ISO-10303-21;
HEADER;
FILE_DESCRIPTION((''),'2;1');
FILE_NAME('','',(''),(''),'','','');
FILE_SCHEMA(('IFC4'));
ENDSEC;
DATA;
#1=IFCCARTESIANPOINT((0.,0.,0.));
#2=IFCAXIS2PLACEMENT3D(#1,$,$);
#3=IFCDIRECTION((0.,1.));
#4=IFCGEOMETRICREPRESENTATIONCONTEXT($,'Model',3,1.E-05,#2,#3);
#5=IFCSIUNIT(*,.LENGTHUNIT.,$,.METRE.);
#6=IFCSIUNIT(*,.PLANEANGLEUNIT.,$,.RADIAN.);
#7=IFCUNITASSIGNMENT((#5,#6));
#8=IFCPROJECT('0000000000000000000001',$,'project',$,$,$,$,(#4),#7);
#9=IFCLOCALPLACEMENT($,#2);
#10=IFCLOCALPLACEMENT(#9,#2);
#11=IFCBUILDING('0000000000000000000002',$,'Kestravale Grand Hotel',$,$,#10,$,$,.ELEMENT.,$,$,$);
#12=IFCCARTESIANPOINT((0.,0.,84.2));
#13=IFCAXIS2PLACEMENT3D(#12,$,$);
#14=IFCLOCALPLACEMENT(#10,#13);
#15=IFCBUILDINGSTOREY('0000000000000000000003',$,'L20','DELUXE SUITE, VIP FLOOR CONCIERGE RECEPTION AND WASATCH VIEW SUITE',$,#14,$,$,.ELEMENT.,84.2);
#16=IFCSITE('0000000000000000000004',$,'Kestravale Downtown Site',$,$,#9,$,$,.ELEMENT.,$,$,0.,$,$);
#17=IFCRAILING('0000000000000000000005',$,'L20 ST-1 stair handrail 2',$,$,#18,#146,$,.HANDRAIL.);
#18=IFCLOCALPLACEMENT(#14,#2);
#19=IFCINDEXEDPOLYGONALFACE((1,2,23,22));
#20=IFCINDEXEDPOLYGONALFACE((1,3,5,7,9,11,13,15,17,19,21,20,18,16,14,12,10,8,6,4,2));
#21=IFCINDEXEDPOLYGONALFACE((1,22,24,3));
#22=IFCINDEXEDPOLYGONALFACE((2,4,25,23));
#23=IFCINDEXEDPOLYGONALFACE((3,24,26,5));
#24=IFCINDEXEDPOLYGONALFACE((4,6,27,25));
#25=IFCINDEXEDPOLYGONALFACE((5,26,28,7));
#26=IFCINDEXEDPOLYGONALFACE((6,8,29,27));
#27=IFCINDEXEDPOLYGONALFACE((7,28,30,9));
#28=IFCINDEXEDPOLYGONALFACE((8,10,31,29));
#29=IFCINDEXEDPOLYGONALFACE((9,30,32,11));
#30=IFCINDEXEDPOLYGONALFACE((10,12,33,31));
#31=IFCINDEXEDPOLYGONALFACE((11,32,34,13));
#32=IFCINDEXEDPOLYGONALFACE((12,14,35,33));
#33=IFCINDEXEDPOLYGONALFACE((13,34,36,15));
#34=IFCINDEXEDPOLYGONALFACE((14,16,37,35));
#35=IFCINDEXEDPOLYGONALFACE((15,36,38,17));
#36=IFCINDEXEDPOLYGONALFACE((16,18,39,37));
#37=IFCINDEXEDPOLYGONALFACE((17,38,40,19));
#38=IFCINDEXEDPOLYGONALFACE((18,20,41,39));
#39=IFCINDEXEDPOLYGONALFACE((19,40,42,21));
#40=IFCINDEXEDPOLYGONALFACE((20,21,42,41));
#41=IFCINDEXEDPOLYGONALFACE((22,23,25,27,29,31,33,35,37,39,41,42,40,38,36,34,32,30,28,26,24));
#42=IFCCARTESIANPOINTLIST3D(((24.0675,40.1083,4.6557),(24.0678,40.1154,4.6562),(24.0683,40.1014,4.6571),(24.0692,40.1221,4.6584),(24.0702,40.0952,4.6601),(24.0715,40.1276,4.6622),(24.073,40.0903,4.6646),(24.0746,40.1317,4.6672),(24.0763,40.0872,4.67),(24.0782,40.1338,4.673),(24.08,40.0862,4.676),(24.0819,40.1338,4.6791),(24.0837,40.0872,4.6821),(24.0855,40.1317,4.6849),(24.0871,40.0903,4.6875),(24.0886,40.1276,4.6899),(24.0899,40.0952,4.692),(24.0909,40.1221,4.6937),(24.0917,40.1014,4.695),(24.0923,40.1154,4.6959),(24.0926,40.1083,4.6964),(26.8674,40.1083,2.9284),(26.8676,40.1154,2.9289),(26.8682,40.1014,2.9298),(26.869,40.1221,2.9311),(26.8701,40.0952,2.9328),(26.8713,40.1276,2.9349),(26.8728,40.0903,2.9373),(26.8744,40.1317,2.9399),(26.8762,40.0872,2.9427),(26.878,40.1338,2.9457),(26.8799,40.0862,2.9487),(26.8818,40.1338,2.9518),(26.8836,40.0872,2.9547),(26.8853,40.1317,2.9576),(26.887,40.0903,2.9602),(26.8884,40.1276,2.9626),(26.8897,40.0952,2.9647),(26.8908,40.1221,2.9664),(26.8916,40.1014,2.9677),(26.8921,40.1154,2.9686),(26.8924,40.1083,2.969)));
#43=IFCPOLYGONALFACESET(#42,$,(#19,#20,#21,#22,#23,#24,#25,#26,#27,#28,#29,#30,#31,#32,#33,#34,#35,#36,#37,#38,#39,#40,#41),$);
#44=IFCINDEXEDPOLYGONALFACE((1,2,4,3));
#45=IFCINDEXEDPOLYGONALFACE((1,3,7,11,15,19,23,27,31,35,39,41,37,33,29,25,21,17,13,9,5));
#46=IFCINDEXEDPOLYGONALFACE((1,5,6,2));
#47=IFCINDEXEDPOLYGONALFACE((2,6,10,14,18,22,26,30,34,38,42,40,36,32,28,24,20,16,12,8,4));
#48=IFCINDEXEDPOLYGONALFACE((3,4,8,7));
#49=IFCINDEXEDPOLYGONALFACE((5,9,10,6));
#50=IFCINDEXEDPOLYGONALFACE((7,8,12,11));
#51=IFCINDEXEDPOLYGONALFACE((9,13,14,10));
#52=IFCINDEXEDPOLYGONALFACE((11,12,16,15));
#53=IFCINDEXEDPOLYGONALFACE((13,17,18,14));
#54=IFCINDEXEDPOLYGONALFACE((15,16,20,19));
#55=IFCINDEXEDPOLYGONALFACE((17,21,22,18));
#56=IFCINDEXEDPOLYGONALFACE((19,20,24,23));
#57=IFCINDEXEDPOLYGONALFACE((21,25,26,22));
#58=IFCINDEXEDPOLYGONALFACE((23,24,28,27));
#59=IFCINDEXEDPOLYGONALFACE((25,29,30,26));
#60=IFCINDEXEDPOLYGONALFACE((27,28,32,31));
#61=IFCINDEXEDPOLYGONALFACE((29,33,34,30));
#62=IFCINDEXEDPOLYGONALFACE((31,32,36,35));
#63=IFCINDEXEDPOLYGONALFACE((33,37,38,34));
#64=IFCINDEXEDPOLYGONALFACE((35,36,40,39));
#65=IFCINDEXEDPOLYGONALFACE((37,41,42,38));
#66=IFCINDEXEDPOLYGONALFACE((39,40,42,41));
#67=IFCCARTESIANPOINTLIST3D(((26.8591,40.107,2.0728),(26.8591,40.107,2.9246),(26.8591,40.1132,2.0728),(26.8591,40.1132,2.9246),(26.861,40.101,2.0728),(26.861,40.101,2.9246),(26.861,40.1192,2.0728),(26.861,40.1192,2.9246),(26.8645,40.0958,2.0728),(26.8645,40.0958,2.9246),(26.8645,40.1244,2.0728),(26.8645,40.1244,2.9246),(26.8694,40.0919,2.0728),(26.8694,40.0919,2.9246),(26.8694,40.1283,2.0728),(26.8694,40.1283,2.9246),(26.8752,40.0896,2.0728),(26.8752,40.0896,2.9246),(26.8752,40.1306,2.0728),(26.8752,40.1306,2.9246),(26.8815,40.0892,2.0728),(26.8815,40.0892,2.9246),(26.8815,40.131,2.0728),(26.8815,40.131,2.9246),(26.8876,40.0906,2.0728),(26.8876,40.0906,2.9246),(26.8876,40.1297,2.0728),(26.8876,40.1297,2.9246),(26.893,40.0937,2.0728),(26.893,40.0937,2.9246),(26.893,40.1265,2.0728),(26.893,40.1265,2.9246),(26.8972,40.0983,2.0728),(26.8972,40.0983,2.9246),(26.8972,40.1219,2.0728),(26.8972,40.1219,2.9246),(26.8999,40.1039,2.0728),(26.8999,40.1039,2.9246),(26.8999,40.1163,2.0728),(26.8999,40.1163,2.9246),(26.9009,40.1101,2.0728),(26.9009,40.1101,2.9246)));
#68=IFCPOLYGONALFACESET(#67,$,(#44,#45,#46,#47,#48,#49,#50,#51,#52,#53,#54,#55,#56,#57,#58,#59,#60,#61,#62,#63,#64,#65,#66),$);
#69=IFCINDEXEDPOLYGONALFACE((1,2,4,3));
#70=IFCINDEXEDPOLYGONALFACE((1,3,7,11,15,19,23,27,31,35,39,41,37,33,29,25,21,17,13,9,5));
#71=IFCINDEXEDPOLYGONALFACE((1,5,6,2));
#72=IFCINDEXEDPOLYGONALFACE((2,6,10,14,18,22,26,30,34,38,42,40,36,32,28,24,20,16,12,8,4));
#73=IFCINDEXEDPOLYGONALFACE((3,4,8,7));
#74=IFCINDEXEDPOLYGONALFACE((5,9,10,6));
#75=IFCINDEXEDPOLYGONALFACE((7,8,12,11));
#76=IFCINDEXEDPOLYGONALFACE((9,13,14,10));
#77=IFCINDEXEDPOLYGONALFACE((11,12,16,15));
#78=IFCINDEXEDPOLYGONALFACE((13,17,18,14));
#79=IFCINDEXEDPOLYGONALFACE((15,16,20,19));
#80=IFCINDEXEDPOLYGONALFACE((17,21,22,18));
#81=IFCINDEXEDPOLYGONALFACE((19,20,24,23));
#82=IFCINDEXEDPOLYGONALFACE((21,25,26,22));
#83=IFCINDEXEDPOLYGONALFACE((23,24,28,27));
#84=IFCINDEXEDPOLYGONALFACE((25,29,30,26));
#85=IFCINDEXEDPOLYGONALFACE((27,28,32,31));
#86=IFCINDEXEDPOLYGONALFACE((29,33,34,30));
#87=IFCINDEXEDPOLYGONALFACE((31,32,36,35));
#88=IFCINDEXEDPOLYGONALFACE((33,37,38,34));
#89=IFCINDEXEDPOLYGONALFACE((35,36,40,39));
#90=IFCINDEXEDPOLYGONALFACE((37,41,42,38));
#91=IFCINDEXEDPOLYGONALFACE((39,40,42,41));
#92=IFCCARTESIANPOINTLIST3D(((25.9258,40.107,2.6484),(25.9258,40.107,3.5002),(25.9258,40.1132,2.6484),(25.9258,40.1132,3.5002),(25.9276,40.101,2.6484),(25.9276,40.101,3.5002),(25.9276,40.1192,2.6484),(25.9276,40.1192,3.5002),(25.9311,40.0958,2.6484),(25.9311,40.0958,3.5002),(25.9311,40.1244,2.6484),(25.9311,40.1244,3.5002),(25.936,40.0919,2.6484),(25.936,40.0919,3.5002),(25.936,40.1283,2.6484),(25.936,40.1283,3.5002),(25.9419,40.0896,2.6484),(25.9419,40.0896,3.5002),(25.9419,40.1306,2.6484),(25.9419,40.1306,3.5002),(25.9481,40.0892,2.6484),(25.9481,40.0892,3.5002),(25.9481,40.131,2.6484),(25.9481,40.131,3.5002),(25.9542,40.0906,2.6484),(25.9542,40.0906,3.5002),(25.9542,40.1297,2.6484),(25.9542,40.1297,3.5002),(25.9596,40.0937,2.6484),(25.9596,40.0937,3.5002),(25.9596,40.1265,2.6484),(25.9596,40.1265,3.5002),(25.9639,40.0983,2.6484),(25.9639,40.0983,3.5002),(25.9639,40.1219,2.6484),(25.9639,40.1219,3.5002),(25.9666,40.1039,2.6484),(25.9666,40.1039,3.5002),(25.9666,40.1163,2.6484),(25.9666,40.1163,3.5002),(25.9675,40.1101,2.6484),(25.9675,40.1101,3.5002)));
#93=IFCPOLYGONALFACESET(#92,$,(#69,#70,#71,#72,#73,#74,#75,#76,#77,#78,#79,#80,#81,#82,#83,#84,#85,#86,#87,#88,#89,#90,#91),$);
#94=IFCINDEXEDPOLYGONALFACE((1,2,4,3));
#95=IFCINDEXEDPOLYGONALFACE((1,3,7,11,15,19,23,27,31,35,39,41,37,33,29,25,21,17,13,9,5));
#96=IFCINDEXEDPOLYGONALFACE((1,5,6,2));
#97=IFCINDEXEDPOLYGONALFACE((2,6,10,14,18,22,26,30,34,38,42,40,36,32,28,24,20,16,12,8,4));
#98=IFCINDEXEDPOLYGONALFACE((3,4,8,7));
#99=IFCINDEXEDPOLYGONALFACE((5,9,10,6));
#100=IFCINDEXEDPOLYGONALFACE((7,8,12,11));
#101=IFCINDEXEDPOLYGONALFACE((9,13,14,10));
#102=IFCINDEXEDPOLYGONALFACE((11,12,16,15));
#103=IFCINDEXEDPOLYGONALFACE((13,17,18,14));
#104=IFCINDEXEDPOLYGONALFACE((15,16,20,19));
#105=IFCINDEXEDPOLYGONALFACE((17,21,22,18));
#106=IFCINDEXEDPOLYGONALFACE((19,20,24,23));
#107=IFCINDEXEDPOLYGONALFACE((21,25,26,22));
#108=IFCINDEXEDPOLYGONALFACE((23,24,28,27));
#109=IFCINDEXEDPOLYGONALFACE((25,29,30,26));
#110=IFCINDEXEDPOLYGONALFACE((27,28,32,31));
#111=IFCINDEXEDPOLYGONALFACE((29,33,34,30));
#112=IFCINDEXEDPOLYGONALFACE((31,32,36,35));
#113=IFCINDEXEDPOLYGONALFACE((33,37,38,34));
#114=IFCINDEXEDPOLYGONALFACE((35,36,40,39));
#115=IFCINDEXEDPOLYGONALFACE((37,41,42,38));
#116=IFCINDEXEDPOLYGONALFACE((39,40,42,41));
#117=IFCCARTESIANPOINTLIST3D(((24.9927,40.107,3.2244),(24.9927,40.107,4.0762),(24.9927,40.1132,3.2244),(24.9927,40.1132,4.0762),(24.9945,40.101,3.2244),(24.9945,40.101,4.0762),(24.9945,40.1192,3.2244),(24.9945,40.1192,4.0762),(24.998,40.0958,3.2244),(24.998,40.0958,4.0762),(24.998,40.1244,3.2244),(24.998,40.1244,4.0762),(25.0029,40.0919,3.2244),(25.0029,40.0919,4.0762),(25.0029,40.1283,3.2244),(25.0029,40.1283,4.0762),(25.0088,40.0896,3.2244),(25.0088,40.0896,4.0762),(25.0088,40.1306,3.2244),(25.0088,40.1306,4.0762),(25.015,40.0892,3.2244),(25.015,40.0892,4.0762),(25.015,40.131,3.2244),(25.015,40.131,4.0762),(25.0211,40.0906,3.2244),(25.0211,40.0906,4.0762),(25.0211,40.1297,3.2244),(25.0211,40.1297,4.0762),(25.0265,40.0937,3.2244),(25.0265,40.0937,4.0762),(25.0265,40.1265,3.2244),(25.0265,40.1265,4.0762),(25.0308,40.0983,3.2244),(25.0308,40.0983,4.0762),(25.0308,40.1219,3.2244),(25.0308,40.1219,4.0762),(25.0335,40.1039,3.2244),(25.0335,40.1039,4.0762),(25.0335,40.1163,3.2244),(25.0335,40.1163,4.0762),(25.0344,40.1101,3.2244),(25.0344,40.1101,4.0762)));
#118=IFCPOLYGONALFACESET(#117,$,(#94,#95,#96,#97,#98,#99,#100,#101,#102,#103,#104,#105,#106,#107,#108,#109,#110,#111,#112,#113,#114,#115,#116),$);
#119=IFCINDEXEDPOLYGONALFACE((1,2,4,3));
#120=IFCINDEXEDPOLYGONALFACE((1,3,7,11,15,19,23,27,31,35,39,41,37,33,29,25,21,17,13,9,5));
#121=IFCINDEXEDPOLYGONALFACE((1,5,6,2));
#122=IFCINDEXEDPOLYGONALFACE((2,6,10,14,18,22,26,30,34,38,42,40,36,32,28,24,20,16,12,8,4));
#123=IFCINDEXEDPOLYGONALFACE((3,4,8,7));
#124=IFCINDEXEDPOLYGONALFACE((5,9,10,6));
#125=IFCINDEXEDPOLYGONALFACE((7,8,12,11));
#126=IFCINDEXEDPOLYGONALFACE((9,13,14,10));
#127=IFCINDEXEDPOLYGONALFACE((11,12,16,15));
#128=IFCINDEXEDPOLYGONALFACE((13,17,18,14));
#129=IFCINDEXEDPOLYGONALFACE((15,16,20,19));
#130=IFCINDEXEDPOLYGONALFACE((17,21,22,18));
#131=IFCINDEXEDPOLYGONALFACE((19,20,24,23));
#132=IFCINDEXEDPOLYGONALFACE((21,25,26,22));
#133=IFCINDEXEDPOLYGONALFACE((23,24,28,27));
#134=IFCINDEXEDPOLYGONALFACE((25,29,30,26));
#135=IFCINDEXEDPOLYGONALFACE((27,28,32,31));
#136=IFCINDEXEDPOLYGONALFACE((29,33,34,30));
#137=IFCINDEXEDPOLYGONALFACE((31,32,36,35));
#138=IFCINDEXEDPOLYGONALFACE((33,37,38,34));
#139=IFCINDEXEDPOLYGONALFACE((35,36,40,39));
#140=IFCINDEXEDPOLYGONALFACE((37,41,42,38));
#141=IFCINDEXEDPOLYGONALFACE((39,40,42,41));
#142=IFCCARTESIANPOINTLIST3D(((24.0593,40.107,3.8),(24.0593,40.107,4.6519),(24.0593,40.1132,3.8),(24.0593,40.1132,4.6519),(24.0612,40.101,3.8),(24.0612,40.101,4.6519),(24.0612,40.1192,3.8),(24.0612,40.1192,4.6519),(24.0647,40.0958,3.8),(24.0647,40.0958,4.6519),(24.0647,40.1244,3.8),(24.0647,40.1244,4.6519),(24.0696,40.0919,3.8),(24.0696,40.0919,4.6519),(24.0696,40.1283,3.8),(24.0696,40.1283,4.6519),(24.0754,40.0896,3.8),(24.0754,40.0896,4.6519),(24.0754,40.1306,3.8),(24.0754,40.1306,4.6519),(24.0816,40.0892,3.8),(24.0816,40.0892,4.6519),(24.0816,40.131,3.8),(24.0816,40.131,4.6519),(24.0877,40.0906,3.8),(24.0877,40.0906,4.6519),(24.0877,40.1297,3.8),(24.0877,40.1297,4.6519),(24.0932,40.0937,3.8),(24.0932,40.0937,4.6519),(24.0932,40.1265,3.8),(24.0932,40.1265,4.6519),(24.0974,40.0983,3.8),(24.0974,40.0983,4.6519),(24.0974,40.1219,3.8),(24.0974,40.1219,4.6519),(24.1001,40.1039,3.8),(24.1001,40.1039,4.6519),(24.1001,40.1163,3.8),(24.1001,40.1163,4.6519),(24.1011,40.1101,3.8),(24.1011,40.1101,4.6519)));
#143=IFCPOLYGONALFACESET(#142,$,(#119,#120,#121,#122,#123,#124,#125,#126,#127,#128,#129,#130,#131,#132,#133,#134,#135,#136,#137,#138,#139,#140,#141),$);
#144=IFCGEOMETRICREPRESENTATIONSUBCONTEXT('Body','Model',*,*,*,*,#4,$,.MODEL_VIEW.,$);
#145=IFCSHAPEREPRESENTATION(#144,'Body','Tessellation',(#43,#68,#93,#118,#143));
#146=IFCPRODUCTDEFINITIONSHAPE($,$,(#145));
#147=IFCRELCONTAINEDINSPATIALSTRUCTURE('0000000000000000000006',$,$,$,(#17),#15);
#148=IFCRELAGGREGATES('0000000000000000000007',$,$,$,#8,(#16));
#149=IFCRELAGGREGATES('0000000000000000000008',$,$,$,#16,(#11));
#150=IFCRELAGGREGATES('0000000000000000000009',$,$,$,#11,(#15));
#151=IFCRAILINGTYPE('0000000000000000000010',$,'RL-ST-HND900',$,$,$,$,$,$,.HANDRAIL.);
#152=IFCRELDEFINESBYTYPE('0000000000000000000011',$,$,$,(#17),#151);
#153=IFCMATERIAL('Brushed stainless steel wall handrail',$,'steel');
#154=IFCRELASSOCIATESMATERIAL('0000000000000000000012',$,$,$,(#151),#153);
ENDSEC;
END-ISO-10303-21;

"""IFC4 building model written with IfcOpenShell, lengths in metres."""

from ifc_helpers import new_model, si_unit, direction, frame, origin, origin_2d, place, context, subcontext, project, spatial, circle, extrude, material, type_object, element, save


model = new_model("IFC4")

# Units and contexts
model_context = context("Model", 3, precision=1e-05, world=origin(), true_north=direction((0.0, 1.0)))
body_context = subcontext(model_context, "Body", "Model", "MODEL_VIEW")
ifc_project = project(units=[si_unit("LENGTHUNIT", "METRE"), si_unit("PLANEANGLEUNIT", "RADIAN")], contexts=[model_context])

# Site, building, storey
site_placement = place(None, origin())
site = spatial("IfcSite", under=ifc_project, at=site_placement, Name="Kestravale Downtown Site", CompositionType="ELEMENT", RefElevation=0.0)
building_placement = place(site_placement, origin())
building = spatial("IfcBuilding", under=site, at=building_placement, Name="Kestravale Grand Hotel", CompositionType="ELEMENT")
storey_placement = place(building_placement, frame((0.0, 0.0, 84.2)))
storey = spatial("IfcBuildingStorey", under=building, at=storey_placement, Name="L20", Description="DELUXE SUITE, VIP FLOOR CONCIERGE RECEPTION AND WASATCH VIEW SUITE", CompositionType="ELEMENT", Elevation=84.2)

# Railing
ifc_material_1 = material(Name="Brushed stainless steel wall handrail", Category="steel")
railing_type_1 = type_object("IfcRailingType", Name="RL-ST-HND900", PredefinedType="HANDRAIL", material=ifc_material_1)
railing_1_placement = place(storey_placement, frame((26.8799, 40.1101, 2.0728)))
element("IfcRailing", 1, at=railing_1_placement, inside=storey, type_object=railing_type_1, Name="L20 ST-1 stair handrail 2", PredefinedType="HANDRAIL", context=body_context, shape_type="SweptSolid", body=[
    extrude(circle(Radius=0.0239, at=origin_2d()), frame((0.0, 0.0, 0.876), z_axis=(-0.851069, 0.0, 0.525054), x_axis=(0.0, -1.0, 0.0)), (0.0, 0.0, 1.0), 3.2898),
    extrude(circle(Radius=0.021, at=origin_2d()), origin(), (0.0, 0.0, 1.0), 0.8518),
    extrude(circle(Radius=0.021, at=origin_2d()), frame((-0.9333, 0.0, 0.5757)), (0.0, 0.0, 1.0), 0.8518),
    extrude(circle(Radius=0.021, at=origin_2d()), frame((-1.8665, 0.0, 1.1516)), (0.0, 0.0, 1.0), 0.8518),
    extrude(circle(Radius=0.021, at=origin_2d()), frame((-2.7998, 0.0, 1.7273)), (0.0, 0.0, 1.0), 0.8518),
])

save(model, "model.ifc")
